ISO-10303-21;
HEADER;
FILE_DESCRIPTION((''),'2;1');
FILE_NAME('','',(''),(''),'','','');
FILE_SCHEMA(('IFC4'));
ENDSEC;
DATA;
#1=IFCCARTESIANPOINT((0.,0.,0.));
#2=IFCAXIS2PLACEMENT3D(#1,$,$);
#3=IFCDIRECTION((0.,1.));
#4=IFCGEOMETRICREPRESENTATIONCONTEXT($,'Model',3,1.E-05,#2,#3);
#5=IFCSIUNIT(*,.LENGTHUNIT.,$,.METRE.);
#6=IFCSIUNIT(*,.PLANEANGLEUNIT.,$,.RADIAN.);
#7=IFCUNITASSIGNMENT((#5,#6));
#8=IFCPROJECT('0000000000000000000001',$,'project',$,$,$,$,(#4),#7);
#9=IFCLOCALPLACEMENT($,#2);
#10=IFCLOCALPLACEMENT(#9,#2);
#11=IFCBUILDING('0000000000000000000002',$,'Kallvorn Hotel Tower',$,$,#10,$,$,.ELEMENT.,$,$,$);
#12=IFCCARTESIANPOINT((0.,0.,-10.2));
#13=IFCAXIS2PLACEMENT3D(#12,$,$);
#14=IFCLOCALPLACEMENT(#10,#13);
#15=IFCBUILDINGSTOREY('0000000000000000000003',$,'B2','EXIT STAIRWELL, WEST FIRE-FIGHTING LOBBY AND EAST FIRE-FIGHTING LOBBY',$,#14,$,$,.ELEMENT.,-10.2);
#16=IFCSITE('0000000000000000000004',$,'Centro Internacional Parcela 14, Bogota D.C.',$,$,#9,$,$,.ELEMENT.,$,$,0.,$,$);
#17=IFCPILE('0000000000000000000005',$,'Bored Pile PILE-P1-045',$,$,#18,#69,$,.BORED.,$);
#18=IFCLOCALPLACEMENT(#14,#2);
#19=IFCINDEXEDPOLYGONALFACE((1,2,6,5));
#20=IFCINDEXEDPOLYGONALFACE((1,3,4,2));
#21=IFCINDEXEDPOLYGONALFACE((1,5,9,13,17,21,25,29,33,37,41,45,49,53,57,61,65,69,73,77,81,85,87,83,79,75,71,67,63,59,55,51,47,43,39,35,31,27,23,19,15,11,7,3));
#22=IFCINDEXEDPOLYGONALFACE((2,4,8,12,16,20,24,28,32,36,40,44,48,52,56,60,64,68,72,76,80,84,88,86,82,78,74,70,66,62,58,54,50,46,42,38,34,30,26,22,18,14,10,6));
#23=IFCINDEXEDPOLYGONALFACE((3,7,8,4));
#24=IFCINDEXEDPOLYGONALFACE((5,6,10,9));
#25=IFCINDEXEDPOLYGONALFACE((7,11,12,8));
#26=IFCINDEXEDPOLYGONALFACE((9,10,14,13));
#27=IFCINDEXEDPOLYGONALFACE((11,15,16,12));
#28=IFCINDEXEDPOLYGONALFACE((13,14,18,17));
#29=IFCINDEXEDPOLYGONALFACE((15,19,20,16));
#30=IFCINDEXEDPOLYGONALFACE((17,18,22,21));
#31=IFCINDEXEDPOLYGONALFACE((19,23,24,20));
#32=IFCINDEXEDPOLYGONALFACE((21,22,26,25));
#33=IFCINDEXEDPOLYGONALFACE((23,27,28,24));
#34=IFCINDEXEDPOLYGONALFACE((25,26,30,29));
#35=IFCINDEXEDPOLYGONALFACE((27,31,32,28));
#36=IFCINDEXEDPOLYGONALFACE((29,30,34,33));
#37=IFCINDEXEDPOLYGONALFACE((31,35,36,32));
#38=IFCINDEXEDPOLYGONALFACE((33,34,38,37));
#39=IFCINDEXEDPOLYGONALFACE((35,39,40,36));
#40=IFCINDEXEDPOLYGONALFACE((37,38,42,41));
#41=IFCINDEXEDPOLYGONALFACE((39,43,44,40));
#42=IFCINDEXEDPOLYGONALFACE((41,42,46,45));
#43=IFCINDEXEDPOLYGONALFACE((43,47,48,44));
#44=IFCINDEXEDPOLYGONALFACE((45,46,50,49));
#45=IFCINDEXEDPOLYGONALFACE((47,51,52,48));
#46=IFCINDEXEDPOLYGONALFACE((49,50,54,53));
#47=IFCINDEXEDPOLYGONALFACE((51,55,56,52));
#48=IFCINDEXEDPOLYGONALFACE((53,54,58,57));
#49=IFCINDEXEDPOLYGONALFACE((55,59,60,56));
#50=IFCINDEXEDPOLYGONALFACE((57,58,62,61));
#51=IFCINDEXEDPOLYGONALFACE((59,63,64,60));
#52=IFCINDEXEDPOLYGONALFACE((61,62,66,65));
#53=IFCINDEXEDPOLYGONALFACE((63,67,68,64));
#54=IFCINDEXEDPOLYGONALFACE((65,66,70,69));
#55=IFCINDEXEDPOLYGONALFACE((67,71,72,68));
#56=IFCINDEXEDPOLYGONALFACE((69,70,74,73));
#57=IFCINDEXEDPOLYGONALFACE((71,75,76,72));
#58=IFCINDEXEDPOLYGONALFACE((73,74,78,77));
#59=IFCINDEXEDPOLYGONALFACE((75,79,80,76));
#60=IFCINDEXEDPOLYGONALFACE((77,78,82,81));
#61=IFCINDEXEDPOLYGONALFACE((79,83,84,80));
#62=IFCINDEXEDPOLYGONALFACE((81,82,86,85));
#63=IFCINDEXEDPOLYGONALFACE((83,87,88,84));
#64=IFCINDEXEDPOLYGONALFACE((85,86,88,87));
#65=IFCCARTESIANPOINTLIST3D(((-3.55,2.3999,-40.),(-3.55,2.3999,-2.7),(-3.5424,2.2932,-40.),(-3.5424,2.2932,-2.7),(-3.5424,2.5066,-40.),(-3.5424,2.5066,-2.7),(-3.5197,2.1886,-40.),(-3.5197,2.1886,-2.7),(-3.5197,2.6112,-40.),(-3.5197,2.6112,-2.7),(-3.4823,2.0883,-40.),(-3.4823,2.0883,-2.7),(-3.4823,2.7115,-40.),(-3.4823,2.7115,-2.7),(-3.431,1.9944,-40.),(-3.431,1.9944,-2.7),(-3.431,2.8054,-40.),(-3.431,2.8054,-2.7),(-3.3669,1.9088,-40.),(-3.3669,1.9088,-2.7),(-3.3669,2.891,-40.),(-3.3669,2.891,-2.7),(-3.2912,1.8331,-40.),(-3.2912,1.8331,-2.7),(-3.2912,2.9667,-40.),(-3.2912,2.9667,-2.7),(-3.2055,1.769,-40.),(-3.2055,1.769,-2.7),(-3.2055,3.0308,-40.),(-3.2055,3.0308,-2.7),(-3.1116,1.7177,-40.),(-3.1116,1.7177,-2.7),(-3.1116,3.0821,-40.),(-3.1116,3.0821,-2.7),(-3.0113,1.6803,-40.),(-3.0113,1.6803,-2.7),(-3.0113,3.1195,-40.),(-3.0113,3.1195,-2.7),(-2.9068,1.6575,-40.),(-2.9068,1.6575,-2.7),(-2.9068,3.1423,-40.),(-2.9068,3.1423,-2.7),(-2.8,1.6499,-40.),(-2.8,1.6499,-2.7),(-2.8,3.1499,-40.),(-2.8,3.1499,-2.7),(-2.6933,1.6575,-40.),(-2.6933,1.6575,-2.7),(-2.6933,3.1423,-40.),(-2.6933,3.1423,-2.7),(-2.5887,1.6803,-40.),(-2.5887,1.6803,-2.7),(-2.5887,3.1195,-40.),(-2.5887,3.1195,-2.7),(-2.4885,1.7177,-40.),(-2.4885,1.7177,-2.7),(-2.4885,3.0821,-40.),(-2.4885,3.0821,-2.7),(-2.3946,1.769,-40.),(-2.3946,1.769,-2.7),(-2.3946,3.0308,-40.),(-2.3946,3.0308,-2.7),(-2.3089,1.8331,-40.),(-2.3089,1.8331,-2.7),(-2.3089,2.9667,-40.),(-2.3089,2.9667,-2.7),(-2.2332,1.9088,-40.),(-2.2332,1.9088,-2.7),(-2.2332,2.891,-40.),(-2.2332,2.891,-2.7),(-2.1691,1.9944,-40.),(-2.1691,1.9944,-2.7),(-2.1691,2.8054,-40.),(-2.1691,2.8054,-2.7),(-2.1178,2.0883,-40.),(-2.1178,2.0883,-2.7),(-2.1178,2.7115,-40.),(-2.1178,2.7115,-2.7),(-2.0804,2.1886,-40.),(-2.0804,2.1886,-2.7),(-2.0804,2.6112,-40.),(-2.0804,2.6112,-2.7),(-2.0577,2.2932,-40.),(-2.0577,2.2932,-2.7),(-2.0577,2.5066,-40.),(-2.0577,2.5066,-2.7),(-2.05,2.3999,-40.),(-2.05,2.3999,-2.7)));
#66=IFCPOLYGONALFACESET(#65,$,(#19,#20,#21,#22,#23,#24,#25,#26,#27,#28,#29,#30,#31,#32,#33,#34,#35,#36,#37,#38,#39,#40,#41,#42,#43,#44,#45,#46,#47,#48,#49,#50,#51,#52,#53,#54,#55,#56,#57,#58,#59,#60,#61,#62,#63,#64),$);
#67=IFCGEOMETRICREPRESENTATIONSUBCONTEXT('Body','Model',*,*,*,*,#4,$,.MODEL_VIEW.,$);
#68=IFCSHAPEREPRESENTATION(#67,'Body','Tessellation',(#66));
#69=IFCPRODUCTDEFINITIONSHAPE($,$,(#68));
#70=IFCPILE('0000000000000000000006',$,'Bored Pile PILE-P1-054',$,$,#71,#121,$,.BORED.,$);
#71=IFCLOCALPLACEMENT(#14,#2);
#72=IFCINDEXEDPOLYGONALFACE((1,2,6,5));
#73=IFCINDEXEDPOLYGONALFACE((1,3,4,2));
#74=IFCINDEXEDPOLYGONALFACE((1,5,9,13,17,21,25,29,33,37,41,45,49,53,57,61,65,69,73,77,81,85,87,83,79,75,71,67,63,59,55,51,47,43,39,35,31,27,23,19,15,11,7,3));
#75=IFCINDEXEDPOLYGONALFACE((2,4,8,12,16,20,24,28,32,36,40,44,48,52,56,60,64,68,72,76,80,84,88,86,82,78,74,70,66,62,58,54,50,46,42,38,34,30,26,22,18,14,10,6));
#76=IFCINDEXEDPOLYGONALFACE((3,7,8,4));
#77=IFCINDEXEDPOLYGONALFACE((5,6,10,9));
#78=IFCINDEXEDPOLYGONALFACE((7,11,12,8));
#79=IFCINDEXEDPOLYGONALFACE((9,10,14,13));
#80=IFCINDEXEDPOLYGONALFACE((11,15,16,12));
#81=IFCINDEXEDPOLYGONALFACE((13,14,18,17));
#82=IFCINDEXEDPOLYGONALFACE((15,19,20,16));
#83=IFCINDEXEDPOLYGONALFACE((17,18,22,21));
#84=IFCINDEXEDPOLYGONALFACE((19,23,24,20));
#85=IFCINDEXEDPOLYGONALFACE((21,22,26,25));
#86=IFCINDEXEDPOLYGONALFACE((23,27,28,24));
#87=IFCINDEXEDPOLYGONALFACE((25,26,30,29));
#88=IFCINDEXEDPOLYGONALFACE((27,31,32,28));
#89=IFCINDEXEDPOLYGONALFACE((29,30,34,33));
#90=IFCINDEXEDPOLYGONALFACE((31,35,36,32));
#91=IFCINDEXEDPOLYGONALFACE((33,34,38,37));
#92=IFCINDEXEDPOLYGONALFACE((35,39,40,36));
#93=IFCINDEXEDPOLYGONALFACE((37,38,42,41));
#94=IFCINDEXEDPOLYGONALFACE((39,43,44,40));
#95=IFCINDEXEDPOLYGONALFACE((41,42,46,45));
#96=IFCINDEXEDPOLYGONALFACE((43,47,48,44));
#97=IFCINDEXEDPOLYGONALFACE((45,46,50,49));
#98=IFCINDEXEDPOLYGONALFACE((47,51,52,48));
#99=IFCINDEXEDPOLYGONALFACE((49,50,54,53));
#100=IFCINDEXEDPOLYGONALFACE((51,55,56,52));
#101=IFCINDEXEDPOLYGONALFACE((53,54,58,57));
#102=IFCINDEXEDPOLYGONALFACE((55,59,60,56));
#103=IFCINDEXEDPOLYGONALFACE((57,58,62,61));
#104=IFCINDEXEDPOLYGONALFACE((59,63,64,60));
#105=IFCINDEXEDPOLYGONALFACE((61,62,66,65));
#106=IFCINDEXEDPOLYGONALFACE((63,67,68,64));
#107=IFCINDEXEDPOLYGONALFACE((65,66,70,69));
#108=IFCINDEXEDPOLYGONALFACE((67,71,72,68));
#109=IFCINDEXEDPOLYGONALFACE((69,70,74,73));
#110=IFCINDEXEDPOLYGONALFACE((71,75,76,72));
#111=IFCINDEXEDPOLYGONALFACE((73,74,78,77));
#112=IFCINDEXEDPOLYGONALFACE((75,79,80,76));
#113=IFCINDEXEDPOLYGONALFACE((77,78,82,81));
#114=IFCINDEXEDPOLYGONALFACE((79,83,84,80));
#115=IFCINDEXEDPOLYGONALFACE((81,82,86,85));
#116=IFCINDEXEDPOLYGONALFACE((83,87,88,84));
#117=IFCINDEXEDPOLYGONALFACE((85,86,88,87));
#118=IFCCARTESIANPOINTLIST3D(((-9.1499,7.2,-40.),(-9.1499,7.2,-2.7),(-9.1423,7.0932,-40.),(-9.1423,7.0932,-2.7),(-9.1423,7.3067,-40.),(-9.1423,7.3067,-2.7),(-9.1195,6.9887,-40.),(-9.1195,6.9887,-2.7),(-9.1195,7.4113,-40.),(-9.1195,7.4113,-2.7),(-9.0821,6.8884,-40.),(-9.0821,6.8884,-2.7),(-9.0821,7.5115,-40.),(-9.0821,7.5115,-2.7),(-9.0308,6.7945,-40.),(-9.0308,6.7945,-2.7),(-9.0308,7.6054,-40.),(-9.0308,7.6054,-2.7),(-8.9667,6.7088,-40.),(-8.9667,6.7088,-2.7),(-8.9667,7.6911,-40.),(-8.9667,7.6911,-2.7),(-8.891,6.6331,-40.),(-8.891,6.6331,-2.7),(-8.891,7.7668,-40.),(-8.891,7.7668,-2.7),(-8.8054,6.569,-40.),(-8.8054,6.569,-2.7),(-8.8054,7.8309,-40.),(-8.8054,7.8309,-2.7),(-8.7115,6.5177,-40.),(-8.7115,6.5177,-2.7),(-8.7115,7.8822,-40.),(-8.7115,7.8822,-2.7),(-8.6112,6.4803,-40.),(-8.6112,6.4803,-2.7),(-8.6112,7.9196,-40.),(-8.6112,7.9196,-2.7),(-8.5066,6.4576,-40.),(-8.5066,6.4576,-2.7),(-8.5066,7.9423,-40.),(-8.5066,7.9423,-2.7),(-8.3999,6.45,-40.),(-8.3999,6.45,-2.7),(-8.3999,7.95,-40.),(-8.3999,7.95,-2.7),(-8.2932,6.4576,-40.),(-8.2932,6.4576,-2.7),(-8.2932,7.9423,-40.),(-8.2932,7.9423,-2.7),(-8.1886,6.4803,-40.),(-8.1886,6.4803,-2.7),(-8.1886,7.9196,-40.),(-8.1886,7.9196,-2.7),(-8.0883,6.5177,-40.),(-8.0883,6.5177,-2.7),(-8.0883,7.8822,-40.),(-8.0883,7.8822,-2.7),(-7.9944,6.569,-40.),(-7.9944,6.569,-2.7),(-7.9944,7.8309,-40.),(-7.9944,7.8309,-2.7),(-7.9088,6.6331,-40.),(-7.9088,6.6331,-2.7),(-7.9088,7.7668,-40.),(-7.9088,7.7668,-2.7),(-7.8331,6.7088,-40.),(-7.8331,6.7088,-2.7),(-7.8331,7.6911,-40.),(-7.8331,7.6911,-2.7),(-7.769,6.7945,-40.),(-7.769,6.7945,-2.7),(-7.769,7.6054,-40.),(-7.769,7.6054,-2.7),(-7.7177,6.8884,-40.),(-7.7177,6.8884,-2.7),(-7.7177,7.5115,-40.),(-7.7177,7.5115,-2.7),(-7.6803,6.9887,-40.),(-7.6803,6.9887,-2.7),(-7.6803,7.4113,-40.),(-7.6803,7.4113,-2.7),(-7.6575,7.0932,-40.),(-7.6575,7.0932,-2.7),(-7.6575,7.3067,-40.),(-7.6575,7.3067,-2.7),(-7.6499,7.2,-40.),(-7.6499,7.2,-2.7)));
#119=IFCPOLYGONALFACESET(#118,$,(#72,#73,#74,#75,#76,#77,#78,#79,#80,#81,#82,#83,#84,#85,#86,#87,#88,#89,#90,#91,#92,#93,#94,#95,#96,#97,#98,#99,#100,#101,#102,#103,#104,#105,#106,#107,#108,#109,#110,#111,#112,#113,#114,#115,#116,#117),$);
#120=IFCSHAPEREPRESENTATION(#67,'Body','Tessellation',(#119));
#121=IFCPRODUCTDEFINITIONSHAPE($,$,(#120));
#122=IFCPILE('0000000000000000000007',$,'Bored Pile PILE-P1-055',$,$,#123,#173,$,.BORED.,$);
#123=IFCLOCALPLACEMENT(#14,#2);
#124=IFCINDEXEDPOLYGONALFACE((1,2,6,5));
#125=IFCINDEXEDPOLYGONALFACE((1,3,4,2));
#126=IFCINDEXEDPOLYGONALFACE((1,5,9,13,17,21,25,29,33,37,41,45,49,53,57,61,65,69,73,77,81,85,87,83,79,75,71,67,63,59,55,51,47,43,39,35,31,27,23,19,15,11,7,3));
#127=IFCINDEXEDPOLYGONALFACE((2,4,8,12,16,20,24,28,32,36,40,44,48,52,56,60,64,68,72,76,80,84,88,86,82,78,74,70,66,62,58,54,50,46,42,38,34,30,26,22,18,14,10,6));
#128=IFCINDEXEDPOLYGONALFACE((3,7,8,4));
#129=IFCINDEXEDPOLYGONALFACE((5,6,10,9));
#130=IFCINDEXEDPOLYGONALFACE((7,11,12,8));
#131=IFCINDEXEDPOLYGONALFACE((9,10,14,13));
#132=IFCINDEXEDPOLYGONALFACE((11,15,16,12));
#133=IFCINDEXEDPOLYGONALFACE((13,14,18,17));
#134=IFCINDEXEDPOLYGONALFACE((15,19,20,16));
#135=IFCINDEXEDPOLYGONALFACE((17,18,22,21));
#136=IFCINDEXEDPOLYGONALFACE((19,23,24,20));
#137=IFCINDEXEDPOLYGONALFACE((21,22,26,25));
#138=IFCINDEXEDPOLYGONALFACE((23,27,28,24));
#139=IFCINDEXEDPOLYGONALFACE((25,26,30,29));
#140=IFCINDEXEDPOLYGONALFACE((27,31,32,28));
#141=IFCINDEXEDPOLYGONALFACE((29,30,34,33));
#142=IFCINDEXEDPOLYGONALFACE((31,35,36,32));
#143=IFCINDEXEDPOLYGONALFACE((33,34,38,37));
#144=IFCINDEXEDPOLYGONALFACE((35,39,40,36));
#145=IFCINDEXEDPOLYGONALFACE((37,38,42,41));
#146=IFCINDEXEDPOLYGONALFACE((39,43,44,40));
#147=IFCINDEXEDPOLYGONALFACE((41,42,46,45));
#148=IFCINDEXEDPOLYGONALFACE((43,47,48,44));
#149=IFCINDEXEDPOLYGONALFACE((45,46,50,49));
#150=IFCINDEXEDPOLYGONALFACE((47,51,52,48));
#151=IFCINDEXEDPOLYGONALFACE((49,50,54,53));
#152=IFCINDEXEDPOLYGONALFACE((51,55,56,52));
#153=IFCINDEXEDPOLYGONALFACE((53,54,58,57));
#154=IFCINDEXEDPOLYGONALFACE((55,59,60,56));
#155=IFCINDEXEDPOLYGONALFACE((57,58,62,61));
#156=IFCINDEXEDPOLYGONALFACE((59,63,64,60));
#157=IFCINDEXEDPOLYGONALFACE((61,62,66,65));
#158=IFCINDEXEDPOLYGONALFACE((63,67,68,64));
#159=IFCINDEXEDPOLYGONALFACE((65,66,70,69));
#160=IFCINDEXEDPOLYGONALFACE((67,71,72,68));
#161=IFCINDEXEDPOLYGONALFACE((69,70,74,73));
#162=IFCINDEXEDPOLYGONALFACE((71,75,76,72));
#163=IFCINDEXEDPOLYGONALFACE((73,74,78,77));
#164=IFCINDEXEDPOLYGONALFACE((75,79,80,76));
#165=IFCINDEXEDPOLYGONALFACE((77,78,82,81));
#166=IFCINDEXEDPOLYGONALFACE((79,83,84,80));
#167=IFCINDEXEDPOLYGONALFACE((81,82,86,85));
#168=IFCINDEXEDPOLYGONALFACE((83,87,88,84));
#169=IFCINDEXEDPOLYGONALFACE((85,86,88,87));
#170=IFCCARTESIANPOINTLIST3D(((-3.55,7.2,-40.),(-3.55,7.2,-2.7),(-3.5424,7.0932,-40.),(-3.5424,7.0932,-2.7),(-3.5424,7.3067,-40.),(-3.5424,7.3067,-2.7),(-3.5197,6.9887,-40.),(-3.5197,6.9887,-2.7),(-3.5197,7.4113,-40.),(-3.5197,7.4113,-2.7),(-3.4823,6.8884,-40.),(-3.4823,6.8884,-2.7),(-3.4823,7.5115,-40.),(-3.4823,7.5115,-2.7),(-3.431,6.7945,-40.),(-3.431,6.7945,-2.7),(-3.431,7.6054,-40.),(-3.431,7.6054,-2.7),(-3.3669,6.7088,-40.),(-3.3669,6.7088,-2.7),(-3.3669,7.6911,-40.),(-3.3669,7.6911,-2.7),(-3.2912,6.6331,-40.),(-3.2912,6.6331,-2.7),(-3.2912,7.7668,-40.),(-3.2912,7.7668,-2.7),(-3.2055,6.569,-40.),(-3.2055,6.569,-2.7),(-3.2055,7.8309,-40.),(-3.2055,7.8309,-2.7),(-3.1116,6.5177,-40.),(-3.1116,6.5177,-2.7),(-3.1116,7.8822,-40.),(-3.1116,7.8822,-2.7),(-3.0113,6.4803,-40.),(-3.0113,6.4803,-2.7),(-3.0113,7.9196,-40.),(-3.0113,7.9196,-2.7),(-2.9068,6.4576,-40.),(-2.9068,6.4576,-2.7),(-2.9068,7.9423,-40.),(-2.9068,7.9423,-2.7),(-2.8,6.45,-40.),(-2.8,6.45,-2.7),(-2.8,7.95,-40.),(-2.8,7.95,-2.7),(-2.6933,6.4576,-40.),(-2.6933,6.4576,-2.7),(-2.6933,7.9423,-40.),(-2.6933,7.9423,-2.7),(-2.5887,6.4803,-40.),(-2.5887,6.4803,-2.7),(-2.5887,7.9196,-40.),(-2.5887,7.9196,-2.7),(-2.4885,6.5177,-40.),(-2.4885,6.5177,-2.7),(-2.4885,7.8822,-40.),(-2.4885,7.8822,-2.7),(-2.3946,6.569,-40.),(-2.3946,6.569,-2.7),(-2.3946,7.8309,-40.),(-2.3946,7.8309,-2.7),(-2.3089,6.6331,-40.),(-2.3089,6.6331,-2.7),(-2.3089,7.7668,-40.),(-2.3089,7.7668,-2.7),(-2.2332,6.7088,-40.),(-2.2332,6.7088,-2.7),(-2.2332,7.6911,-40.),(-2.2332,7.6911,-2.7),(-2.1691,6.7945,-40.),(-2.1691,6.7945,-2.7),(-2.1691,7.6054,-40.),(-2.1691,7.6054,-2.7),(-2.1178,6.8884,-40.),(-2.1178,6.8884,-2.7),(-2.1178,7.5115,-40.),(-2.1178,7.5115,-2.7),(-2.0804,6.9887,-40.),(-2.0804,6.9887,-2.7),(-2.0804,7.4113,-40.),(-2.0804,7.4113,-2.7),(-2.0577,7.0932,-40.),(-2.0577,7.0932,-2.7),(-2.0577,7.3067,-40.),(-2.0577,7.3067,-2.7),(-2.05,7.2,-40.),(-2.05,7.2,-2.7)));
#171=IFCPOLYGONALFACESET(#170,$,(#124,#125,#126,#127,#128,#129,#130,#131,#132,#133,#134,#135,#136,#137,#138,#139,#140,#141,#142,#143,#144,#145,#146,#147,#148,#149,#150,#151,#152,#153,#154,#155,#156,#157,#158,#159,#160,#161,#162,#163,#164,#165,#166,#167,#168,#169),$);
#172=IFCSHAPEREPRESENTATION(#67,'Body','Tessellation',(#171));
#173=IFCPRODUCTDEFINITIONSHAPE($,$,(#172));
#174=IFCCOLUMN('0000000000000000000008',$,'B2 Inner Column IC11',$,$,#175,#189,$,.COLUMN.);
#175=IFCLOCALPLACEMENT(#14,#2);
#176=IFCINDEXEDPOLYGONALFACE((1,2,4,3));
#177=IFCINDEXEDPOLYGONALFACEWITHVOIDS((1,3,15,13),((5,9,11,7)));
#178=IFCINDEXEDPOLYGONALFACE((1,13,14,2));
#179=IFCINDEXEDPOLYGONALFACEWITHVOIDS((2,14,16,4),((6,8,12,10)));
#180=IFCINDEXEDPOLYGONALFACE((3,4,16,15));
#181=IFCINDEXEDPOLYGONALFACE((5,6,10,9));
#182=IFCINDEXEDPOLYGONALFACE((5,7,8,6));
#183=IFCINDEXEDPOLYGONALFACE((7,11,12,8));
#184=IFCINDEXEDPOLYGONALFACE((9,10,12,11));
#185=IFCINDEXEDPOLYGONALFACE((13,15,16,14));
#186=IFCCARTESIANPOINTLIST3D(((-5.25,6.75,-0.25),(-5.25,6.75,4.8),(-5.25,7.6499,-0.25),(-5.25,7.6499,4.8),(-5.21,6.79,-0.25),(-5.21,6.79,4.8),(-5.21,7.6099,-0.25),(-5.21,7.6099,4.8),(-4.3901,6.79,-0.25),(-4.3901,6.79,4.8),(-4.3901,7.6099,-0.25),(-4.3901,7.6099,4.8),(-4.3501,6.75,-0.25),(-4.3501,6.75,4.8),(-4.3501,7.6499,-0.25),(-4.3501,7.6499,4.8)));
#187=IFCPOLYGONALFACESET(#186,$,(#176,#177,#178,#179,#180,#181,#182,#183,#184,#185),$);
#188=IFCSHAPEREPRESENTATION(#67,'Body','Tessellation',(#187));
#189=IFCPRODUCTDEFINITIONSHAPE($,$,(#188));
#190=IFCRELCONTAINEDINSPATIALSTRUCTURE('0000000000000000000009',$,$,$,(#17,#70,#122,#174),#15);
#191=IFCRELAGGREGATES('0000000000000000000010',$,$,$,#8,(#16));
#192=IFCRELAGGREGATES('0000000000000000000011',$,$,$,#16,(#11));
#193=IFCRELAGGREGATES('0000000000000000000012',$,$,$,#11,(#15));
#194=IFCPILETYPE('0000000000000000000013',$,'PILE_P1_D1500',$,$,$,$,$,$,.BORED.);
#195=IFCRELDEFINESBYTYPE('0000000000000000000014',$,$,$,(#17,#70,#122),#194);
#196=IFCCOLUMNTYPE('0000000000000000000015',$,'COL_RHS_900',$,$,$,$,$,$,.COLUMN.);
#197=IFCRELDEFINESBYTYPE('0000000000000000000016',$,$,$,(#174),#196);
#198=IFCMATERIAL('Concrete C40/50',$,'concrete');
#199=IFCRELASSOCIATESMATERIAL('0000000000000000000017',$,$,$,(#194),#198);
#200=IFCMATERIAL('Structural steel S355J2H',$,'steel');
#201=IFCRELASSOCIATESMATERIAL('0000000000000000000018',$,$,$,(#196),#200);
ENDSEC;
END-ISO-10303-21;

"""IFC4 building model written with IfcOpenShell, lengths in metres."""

from ifc_helpers import new_model, si_unit, direction, frame, origin, origin_2d, place, context, subcontext, project, spatial, hollow_rectangle, circle, extrude, material, material_profile, profile_set, type_object, element, save


model = new_model("IFC4")

# Units and contexts
model_context = context("Model", 3, precision=1e-05, world=origin(), true_north=direction((0.0, 1.0)))
body_context = subcontext(model_context, "Body", "Model", "MODEL_VIEW")
ifc_project = project(units=[si_unit("LENGTHUNIT", "METRE"), si_unit("PLANEANGLEUNIT", "RADIAN")], contexts=[model_context])

# Site, building, storey
site_placement = place(None, origin())
site = spatial("IfcSite", under=ifc_project, at=site_placement, Name="Centro Internacional Parcela 14, Bogota D.C.", CompositionType="ELEMENT", RefElevation=0.0)
building_placement = place(site_placement, origin())
building = spatial("IfcBuilding", under=site, at=building_placement, Name="Kallvorn Hotel Tower", CompositionType="ELEMENT")
storey_placement = place(building_placement, frame((0.0, 0.0, -10.2)))
storey = spatial("IfcBuildingStorey", under=building, at=storey_placement, Name="B2", Description="EXIT STAIRWELL, WEST FIRE-FIGHTING LOBBY AND EAST FIRE-FIGHTING LOBBY", CompositionType="ELEMENT", Elevation=-10.2)

# Piles
ifc_material_1 = material(Name="Concrete C40/50", Category="concrete")
ifc_material_profile_1 = material_profile(ifc_material_1, circle(Radius=0.75, at=origin_2d()), Name="PILE D1500")
ifc_profile_set_1 = profile_set([ifc_material_profile_1], Name="Concrete C40/50")
pile_type = type_object("IfcPileType", Name="PILE_P1_D1500", PredefinedType="BORED", material=ifc_profile_set_1)
for number, where, z_axis, x_axis, name in (
    (1, (-2.8, 2.3999, -2.7), (0.0, 0.0, -1.0), (1.0, 0.0, 0.0), "Bored Pile PILE-P1-045"),
    (2, (-8.3999, 7.2, -2.7), (0.0, 0.0, -1.0), (1.0, 0.0, 0.0), "Bored Pile PILE-P1-054"),
    (3, (-2.8, 7.2, -2.7), (0.0, 0.0, -1.0), (1.0, 0.0, 0.0), "Bored Pile PILE-P1-055"),
):
    element("IfcPile", number, at=place(storey_placement, frame(where, z_axis=z_axis, x_axis=x_axis)), inside=storey, type_object=pile_type, Name=name, PredefinedType="BORED", context=body_context, shape_type="SweptSolid", body=[
        extrude(circle(Radius=0.75, at=origin_2d()), origin(), (0.0, 0.0, 1.0), 37.3),
    ])

# Column
ifc_material_2 = material(Name="Structural steel S355J2H", Category="steel")
ifc_material_profile_2 = material_profile(ifc_material_2, hollow_rectangle(XDim=0.8999, YDim=0.8999, WallThickness=0.04, at=origin_2d()), Name="RHS 900x900x40")
ifc_profile_set_2 = profile_set([ifc_material_profile_2], Name="Structural steel S355J2H")
column_type = type_object("IfcColumnType", Name="COL_RHS_900", PredefinedType="COLUMN", material=ifc_profile_set_2)
column_placement = place(storey_placement, frame((-4.8, 7.2, -0.25), z_axis=(0.0, 0.0, 1.0), x_axis=(1.0, 0.0, 0.0)))
element("IfcColumn", 4, at=column_placement, inside=storey, type_object=column_type, Name="B2 Inner Column IC11", PredefinedType="COLUMN", context=body_context, shape_type="SweptSolid", body=[
    extrude(hollow_rectangle(XDim=0.8999, YDim=0.8999, WallThickness=0.04, at=origin_2d()), origin(), (0.0, 0.0, 1.0), 5.05),
])

save(model, "model.ifc")
